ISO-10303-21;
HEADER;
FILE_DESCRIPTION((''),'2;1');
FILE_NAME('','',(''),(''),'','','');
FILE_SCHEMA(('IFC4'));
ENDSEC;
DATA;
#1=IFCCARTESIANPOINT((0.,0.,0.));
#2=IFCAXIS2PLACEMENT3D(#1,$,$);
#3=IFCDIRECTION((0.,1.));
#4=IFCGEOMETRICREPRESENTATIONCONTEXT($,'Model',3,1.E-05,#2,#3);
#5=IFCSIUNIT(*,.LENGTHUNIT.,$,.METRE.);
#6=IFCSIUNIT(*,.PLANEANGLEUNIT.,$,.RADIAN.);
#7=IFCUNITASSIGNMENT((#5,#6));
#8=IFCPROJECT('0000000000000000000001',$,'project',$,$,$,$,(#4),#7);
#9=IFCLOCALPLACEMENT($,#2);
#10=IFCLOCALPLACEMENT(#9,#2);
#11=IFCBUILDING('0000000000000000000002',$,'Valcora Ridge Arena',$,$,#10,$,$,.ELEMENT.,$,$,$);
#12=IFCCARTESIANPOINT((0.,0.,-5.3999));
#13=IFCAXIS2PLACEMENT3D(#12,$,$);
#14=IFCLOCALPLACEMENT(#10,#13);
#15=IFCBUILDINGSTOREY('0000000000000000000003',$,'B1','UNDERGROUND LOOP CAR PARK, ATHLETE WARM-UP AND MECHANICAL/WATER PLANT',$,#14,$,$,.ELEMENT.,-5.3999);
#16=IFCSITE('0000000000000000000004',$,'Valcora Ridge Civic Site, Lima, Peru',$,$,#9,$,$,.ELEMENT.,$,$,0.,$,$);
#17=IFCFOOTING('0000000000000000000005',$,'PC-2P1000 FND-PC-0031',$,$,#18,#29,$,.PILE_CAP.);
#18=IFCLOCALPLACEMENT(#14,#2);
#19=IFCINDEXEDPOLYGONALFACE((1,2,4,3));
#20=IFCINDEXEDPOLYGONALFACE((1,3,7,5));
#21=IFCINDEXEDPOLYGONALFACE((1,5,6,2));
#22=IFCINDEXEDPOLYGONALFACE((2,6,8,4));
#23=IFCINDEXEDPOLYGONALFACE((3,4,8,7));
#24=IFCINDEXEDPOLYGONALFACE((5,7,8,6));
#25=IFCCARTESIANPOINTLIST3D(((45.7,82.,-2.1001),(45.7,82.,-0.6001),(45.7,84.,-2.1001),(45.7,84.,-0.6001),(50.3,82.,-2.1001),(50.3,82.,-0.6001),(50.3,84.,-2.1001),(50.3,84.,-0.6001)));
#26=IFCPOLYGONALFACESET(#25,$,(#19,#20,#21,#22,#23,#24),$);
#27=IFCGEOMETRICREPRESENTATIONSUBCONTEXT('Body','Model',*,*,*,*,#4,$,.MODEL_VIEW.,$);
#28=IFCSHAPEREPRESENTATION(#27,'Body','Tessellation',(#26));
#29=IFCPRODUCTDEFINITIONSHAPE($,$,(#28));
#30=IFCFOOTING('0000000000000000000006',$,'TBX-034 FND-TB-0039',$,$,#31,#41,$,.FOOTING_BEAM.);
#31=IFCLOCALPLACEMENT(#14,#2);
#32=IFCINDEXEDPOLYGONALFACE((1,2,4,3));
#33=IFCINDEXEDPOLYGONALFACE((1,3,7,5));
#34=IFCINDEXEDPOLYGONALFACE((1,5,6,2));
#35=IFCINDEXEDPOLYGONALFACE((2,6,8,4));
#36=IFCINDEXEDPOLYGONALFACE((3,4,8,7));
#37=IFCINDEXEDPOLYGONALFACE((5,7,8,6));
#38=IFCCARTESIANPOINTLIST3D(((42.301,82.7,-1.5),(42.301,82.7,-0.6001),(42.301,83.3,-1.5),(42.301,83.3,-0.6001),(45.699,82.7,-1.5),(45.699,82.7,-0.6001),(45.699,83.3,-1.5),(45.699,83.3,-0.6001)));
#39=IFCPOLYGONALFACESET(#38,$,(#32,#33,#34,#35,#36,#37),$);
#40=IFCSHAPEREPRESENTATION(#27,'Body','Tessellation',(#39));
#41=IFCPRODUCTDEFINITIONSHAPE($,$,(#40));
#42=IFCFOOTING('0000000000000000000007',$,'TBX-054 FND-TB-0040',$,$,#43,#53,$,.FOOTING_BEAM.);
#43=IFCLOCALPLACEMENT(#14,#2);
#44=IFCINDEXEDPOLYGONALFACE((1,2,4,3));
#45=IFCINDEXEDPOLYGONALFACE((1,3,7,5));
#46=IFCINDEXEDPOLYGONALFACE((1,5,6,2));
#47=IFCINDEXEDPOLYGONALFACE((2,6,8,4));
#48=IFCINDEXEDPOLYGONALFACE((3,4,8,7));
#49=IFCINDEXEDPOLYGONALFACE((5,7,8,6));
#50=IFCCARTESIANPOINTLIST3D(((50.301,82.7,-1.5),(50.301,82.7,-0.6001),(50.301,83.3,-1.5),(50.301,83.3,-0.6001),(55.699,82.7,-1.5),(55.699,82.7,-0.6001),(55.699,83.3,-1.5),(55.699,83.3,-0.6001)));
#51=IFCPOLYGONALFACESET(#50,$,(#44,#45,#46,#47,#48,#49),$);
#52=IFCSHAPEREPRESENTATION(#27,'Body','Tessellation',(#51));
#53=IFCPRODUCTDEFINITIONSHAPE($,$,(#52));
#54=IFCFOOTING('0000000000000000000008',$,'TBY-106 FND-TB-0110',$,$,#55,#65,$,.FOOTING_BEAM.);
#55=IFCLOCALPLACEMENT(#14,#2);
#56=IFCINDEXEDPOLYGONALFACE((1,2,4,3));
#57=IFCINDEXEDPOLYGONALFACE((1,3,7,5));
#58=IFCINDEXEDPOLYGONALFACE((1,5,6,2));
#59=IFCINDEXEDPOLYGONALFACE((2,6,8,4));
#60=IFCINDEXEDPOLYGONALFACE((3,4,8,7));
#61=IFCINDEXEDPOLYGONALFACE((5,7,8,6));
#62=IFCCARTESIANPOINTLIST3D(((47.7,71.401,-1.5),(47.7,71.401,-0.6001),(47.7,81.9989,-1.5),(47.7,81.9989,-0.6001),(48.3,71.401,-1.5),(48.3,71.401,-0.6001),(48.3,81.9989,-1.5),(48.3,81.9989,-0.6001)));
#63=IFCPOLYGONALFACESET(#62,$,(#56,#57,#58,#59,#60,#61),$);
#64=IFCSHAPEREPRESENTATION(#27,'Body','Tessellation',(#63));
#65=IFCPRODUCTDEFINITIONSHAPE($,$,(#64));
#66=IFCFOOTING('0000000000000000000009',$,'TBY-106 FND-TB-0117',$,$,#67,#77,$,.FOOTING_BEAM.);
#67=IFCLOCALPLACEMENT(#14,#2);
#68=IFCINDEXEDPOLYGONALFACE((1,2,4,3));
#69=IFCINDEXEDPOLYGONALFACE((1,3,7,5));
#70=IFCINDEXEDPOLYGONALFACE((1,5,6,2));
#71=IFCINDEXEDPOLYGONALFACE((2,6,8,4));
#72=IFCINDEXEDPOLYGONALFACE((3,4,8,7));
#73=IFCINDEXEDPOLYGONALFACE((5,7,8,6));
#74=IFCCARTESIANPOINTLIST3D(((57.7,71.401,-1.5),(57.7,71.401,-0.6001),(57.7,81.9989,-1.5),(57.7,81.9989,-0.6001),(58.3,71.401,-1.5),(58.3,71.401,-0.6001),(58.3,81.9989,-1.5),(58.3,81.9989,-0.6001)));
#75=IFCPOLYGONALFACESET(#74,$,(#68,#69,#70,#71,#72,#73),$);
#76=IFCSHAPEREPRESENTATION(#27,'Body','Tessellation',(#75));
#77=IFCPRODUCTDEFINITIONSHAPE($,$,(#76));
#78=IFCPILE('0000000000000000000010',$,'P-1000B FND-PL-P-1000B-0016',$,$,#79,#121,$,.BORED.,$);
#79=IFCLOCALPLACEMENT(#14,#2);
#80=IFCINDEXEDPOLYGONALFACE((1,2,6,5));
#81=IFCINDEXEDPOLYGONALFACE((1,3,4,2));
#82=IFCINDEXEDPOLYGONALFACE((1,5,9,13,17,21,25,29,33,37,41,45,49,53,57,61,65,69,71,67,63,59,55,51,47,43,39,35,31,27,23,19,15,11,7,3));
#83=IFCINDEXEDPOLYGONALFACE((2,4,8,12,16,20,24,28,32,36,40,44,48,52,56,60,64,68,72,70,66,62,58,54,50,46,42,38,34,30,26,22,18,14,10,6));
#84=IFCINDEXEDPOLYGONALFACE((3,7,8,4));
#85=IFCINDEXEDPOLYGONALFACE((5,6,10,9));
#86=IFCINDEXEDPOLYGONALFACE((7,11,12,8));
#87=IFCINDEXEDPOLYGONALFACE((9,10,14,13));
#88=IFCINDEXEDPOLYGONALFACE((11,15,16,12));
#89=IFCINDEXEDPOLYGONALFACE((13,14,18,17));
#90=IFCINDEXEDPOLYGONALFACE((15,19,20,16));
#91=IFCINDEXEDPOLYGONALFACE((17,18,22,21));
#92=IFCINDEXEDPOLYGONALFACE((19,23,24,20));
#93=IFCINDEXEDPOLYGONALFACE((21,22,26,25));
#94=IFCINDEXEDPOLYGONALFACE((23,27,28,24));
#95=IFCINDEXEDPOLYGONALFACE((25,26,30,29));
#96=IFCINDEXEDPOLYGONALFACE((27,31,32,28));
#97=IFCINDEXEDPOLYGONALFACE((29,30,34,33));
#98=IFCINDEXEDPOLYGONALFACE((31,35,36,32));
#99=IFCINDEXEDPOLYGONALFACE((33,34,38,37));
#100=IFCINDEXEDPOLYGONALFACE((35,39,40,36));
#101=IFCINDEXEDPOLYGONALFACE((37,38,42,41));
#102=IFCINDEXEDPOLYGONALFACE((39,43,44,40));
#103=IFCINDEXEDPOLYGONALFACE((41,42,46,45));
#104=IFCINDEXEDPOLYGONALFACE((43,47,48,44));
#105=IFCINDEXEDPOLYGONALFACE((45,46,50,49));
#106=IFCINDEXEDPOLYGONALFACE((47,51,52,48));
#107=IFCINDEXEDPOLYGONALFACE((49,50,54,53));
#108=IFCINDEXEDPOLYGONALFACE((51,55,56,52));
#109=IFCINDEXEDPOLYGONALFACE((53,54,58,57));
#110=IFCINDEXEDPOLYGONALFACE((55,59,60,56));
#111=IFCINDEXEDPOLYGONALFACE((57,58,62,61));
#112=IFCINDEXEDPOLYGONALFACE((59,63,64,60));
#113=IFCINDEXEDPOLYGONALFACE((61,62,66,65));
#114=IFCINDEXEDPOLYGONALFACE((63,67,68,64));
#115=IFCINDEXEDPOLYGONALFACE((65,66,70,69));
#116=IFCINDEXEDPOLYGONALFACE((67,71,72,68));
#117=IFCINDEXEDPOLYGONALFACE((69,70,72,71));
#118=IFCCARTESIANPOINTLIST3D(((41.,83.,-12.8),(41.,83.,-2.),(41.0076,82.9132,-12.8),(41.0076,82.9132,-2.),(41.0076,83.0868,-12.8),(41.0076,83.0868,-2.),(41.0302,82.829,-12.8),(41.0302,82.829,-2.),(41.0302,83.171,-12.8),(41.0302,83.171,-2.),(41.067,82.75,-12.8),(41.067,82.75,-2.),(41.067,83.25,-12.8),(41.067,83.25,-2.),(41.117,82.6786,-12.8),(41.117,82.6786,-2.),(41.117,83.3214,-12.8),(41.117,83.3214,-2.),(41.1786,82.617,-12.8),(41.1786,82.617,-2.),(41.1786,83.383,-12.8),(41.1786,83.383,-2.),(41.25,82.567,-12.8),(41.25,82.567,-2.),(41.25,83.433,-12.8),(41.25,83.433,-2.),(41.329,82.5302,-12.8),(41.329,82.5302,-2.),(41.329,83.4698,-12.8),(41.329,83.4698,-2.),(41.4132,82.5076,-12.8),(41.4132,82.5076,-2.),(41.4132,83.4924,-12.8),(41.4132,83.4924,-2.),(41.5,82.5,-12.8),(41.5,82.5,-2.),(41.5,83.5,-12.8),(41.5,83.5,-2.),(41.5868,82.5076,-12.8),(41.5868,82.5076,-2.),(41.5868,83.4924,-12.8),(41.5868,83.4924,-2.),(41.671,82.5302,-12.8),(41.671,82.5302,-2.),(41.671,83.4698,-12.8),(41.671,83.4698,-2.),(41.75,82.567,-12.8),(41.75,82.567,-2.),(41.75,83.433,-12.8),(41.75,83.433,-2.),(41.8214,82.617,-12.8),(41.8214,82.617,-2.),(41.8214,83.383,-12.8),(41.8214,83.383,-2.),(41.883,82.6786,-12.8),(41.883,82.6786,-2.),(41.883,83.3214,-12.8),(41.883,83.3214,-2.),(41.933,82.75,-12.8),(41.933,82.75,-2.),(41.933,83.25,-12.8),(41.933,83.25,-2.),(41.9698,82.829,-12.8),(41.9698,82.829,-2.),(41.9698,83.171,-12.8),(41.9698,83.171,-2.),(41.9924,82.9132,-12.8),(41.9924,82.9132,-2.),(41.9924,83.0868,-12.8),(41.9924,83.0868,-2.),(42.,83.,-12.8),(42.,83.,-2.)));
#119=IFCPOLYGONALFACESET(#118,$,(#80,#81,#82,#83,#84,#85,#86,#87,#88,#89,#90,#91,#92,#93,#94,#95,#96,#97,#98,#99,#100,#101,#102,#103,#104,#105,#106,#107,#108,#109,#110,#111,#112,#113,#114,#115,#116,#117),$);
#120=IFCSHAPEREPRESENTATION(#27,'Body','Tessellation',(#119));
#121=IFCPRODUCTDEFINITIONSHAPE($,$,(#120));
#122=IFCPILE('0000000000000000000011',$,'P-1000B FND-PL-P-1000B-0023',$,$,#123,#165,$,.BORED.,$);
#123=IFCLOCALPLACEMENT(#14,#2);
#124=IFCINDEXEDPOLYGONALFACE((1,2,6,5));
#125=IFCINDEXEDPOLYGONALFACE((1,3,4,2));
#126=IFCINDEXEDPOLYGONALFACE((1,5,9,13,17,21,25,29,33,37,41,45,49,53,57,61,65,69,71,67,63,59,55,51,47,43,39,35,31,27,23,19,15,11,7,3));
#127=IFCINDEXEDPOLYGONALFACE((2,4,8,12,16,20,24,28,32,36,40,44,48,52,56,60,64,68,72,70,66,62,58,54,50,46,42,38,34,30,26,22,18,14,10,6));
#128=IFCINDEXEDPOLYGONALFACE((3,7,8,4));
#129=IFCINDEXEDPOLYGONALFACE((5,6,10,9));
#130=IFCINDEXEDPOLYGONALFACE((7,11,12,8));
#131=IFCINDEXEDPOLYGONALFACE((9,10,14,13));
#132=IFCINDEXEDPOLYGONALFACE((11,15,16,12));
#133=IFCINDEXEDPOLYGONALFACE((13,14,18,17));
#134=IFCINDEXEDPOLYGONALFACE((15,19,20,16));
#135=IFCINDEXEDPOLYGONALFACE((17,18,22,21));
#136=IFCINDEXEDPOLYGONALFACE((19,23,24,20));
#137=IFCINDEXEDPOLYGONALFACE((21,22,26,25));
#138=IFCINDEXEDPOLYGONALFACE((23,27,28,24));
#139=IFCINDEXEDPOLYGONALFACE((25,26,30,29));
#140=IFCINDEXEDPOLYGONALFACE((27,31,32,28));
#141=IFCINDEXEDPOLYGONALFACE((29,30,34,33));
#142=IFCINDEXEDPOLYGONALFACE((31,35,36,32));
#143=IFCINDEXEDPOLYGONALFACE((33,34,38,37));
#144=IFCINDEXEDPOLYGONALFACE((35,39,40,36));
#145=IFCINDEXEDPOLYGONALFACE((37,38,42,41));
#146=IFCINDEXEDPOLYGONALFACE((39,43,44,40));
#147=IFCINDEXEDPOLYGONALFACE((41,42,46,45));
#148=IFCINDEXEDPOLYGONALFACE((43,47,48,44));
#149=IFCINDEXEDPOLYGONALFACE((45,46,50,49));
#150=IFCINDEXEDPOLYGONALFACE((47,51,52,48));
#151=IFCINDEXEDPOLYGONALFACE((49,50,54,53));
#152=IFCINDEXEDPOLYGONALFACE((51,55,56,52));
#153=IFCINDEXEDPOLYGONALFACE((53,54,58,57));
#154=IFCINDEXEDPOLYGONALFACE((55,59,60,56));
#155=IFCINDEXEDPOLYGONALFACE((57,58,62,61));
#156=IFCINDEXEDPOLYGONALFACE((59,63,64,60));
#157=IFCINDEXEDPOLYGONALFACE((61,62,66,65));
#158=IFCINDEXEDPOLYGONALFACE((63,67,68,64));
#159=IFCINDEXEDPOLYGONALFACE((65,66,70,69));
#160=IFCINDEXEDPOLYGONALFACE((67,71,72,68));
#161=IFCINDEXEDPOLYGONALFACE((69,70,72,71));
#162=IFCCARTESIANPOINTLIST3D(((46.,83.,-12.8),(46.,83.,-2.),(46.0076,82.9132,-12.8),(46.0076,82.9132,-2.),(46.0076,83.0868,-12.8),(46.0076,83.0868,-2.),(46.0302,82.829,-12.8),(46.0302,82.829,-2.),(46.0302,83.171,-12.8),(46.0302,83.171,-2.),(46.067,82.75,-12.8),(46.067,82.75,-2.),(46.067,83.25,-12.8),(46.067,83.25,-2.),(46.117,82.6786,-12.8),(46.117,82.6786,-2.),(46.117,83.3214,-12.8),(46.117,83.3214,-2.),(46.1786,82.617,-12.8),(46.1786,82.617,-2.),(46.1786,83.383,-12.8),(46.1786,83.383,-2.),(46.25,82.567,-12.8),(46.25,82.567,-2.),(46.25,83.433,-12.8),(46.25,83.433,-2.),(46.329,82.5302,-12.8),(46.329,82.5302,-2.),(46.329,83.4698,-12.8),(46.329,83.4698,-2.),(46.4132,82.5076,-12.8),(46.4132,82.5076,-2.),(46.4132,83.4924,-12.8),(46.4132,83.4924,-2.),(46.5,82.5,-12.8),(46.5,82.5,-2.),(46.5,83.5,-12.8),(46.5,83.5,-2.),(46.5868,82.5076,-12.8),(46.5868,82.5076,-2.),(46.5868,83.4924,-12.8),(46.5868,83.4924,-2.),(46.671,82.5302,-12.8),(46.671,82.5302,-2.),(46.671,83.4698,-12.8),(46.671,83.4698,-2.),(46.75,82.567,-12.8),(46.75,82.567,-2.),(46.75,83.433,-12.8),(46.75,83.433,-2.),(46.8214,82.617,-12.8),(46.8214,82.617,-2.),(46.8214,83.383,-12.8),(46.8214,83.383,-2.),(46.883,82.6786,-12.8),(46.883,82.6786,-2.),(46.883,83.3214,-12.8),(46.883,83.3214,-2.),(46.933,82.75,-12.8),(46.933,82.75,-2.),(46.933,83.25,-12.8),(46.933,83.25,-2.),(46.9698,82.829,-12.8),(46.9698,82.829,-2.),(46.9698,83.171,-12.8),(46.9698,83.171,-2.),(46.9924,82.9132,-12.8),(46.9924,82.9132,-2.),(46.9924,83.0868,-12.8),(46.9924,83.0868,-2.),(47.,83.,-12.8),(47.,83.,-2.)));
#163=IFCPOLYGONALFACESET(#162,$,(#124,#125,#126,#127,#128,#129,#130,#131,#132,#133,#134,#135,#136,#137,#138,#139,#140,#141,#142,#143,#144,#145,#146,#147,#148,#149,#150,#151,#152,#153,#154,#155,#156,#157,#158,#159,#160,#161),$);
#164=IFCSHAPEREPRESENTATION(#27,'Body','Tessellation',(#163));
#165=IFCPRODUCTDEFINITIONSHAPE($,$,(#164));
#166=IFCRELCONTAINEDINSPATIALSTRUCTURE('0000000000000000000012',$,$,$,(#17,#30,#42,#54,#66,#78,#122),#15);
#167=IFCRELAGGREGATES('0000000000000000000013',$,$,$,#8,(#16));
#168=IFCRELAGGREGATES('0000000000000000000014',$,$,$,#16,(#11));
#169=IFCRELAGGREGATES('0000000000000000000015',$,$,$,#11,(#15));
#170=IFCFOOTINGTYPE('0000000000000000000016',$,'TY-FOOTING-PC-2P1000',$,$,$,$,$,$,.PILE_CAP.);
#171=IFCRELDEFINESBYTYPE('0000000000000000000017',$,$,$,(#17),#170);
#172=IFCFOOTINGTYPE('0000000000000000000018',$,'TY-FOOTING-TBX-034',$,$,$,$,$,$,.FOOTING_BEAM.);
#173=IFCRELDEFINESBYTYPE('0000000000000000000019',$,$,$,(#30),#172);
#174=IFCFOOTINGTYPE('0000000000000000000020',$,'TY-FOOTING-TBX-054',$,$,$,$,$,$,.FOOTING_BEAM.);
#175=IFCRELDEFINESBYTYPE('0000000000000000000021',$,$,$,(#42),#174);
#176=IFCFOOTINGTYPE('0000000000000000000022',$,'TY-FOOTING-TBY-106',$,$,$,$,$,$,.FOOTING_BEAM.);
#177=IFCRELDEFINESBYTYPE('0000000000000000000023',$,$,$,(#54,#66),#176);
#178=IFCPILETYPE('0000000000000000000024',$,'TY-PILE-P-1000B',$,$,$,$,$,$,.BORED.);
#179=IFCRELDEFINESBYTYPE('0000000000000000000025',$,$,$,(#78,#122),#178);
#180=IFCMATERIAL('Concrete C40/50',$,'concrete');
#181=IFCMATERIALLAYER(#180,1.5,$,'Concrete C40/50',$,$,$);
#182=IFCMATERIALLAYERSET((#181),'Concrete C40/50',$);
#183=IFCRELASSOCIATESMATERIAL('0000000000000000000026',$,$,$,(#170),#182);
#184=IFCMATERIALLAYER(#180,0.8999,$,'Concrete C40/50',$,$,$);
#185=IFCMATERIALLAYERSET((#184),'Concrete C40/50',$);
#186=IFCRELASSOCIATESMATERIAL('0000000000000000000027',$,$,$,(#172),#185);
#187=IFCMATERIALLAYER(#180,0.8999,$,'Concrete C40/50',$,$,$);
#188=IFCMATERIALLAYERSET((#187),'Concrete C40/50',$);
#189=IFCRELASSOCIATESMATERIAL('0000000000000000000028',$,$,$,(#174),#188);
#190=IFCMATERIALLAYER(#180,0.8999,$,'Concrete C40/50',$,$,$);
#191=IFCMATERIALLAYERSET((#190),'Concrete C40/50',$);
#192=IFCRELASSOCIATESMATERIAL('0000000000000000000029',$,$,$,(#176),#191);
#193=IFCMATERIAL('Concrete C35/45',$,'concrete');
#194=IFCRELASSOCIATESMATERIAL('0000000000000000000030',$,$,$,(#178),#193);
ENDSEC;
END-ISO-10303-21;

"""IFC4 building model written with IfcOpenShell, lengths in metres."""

from ifc_helpers import new_model, si_unit, direction, frame, origin, origin_2d, place, context, subcontext, project, spatial, rectangle, circle, extrude, material, layer, layer_set, material_profile, profile_set, type_object, element, save


model = new_model("IFC4")

# Units and contexts
model_context = context("Model", 3, precision=1e-05, world=origin(), true_north=direction((0.0, 1.0)))
body_context = subcontext(model_context, "Body", "Model", "MODEL_VIEW")
ifc_project = project(units=[si_unit("LENGTHUNIT", "METRE"), si_unit("PLANEANGLEUNIT", "RADIAN")], contexts=[model_context])

# Site, building, storey
site_placement = place(None, origin())
site = spatial("IfcSite", under=ifc_project, at=site_placement, Name="Valcora Ridge Civic Site, Lima, Peru", CompositionType="ELEMENT", RefElevation=0.0)
building_placement = place(site_placement, origin())
building = spatial("IfcBuilding", under=site, at=building_placement, Name="Valcora Ridge Arena", CompositionType="ELEMENT")
storey_placement = place(building_placement, frame((0.0, 0.0, -5.3999)))
storey = spatial("IfcBuildingStorey", under=building, at=storey_placement, Name="B1", Description="UNDERGROUND LOOP CAR PARK, ATHLETE WARM-UP AND MECHANICAL/WATER PLANT", CompositionType="ELEMENT", Elevation=-5.3999)

# Footings
ifc_material_1 = material(Name="Concrete C40/50", Category="concrete")
ifc_layer_1 = layer(ifc_material_1, 1.5, Name="Concrete C40/50")
ifc_layer_set_1 = layer_set([ifc_layer_1], Name="Concrete C40/50")
footing_type_1 = type_object("IfcFootingType", Name="TY-FOOTING-PC-2P1000", PredefinedType="PILE_CAP", material=ifc_layer_set_1)
footing_1_placement = place(storey_placement, frame((48.0, 83.0, -2.1001), z_axis=(0.0, 0.0, 1.0), x_axis=(1.0, 0.0, 0.0)))
element("IfcFooting", 1, at=footing_1_placement, inside=storey, type_object=footing_type_1, Name="PC-2P1000 FND-PC-0031", PredefinedType="PILE_CAP", context=body_context, shape_type="SweptSolid", body=[
    extrude(rectangle(XDim=4.6001, YDim=2.0, at=origin_2d()), origin(), (0.0, 0.0, 1.0), 1.5),
])
ifc_layer_2 = layer(ifc_material_1, 0.8999, Name="Concrete C40/50")
ifc_layer_set_2 = layer_set([ifc_layer_2], Name="Concrete C40/50")
footing_type_2 = type_object("IfcFootingType", Name="TY-FOOTING-TBX-034", PredefinedType="FOOTING_BEAM", material=ifc_layer_set_2)
footing_2_placement = place(storey_placement, frame((44.0, 83.0, -1.5), z_axis=(0.0, 0.0, 1.0), x_axis=(1.0, 0.0, 0.0)))
element("IfcFooting", 2, at=footing_2_placement, inside=storey, type_object=footing_type_2, Name="TBX-034 FND-TB-0039", PredefinedType="FOOTING_BEAM", context=body_context, shape_type="SweptSolid", body=[
    extrude(rectangle(XDim=3.3979, YDim=0.6001, at=origin_2d()), origin(), (0.0, 0.0, 1.0), 0.8999),
])
ifc_layer_3 = layer(ifc_material_1, 0.8999, Name="Concrete C40/50")
ifc_layer_set_3 = layer_set([ifc_layer_3], Name="Concrete C40/50")
footing_type_3 = type_object("IfcFootingType", Name="TY-FOOTING-TBX-054", PredefinedType="FOOTING_BEAM", material=ifc_layer_set_3)
footing_3_placement = place(storey_placement, frame((53.0, 83.0, -1.5), z_axis=(0.0, 0.0, 1.0), x_axis=(1.0, 0.0, 0.0)))
element("IfcFooting", 3, at=footing_3_placement, inside=storey, type_object=footing_type_3, Name="TBX-054 FND-TB-0040", PredefinedType="FOOTING_BEAM", context=body_context, shape_type="SweptSolid", body=[
    extrude(rectangle(XDim=5.3979, YDim=0.6001, at=origin_2d()), origin(), (0.0, 0.0, 1.0), 0.8999),
])
ifc_layer_4 = layer(ifc_material_1, 0.8999, Name="Concrete C40/50")
ifc_layer_set_4 = layer_set([ifc_layer_4], Name="Concrete C40/50")
footing_type_4 = type_object("IfcFootingType", Name="TY-FOOTING-TBY-106", PredefinedType="FOOTING_BEAM", material=ifc_layer_set_4)
for number, where, z_axis, x_axis, name in (
    (4, (48.0, 76.7, -1.5), (0.0, 0.0, 1.0), (1.0, 0.0, 0.0), "TBY-106 FND-TB-0110"),
    (5, (58.0, 76.7, -1.5), (0.0, 0.0, 1.0), (1.0, 0.0, 0.0), "TBY-106 FND-TB-0117"),
):
    element("IfcFooting", number, at=place(storey_placement, frame(where, z_axis=z_axis, x_axis=x_axis)), inside=storey, type_object=footing_type_4, Name=name, PredefinedType="FOOTING_BEAM", context=body_context, shape_type="SweptSolid", body=[
        extrude(rectangle(XDim=0.6001, YDim=10.5979, at=origin_2d()), origin(), (0.0, 0.0, 1.0), 0.8999),
    ])

# Piles
ifc_material_2 = material(Name="Concrete C35/45", Category="concrete")
ifc_material_profile_1 = material_profile(ifc_material_2, circle(Radius=0.5, at=origin_2d()), Name="BORED PILE D1000")
ifc_profile_set_1 = profile_set([ifc_material_profile_1], Name="Concrete C35/45")
pile_type = type_object("IfcPileType", Name="TY-PILE-P-1000B", PredefinedType="BORED", material=ifc_profile_set_1)
for number, where, z_axis, x_axis, name in (
    (6, (41.5, 83.0, -2.0), (0.0, 0.0, -1.0), (1.0, 0.0, 0.0), "P-1000B FND-PL-P-1000B-0016"),
    (7, (46.5, 83.0, -2.0), (0.0, 0.0, -1.0), (1.0, 0.0, 0.0), "P-1000B FND-PL-P-1000B-0023"),
):
    element("IfcPile", number, at=place(storey_placement, frame(where, z_axis=z_axis, x_axis=x_axis)), inside=storey, type_object=pile_type, Name=name, PredefinedType="BORED", context=body_context, shape_type="SweptSolid", body=[
        extrude(circle(Radius=0.5, at=origin_2d()), origin(), (0.0, 0.0, 1.0), 10.8),
    ])

save(model, "model.ifc")
